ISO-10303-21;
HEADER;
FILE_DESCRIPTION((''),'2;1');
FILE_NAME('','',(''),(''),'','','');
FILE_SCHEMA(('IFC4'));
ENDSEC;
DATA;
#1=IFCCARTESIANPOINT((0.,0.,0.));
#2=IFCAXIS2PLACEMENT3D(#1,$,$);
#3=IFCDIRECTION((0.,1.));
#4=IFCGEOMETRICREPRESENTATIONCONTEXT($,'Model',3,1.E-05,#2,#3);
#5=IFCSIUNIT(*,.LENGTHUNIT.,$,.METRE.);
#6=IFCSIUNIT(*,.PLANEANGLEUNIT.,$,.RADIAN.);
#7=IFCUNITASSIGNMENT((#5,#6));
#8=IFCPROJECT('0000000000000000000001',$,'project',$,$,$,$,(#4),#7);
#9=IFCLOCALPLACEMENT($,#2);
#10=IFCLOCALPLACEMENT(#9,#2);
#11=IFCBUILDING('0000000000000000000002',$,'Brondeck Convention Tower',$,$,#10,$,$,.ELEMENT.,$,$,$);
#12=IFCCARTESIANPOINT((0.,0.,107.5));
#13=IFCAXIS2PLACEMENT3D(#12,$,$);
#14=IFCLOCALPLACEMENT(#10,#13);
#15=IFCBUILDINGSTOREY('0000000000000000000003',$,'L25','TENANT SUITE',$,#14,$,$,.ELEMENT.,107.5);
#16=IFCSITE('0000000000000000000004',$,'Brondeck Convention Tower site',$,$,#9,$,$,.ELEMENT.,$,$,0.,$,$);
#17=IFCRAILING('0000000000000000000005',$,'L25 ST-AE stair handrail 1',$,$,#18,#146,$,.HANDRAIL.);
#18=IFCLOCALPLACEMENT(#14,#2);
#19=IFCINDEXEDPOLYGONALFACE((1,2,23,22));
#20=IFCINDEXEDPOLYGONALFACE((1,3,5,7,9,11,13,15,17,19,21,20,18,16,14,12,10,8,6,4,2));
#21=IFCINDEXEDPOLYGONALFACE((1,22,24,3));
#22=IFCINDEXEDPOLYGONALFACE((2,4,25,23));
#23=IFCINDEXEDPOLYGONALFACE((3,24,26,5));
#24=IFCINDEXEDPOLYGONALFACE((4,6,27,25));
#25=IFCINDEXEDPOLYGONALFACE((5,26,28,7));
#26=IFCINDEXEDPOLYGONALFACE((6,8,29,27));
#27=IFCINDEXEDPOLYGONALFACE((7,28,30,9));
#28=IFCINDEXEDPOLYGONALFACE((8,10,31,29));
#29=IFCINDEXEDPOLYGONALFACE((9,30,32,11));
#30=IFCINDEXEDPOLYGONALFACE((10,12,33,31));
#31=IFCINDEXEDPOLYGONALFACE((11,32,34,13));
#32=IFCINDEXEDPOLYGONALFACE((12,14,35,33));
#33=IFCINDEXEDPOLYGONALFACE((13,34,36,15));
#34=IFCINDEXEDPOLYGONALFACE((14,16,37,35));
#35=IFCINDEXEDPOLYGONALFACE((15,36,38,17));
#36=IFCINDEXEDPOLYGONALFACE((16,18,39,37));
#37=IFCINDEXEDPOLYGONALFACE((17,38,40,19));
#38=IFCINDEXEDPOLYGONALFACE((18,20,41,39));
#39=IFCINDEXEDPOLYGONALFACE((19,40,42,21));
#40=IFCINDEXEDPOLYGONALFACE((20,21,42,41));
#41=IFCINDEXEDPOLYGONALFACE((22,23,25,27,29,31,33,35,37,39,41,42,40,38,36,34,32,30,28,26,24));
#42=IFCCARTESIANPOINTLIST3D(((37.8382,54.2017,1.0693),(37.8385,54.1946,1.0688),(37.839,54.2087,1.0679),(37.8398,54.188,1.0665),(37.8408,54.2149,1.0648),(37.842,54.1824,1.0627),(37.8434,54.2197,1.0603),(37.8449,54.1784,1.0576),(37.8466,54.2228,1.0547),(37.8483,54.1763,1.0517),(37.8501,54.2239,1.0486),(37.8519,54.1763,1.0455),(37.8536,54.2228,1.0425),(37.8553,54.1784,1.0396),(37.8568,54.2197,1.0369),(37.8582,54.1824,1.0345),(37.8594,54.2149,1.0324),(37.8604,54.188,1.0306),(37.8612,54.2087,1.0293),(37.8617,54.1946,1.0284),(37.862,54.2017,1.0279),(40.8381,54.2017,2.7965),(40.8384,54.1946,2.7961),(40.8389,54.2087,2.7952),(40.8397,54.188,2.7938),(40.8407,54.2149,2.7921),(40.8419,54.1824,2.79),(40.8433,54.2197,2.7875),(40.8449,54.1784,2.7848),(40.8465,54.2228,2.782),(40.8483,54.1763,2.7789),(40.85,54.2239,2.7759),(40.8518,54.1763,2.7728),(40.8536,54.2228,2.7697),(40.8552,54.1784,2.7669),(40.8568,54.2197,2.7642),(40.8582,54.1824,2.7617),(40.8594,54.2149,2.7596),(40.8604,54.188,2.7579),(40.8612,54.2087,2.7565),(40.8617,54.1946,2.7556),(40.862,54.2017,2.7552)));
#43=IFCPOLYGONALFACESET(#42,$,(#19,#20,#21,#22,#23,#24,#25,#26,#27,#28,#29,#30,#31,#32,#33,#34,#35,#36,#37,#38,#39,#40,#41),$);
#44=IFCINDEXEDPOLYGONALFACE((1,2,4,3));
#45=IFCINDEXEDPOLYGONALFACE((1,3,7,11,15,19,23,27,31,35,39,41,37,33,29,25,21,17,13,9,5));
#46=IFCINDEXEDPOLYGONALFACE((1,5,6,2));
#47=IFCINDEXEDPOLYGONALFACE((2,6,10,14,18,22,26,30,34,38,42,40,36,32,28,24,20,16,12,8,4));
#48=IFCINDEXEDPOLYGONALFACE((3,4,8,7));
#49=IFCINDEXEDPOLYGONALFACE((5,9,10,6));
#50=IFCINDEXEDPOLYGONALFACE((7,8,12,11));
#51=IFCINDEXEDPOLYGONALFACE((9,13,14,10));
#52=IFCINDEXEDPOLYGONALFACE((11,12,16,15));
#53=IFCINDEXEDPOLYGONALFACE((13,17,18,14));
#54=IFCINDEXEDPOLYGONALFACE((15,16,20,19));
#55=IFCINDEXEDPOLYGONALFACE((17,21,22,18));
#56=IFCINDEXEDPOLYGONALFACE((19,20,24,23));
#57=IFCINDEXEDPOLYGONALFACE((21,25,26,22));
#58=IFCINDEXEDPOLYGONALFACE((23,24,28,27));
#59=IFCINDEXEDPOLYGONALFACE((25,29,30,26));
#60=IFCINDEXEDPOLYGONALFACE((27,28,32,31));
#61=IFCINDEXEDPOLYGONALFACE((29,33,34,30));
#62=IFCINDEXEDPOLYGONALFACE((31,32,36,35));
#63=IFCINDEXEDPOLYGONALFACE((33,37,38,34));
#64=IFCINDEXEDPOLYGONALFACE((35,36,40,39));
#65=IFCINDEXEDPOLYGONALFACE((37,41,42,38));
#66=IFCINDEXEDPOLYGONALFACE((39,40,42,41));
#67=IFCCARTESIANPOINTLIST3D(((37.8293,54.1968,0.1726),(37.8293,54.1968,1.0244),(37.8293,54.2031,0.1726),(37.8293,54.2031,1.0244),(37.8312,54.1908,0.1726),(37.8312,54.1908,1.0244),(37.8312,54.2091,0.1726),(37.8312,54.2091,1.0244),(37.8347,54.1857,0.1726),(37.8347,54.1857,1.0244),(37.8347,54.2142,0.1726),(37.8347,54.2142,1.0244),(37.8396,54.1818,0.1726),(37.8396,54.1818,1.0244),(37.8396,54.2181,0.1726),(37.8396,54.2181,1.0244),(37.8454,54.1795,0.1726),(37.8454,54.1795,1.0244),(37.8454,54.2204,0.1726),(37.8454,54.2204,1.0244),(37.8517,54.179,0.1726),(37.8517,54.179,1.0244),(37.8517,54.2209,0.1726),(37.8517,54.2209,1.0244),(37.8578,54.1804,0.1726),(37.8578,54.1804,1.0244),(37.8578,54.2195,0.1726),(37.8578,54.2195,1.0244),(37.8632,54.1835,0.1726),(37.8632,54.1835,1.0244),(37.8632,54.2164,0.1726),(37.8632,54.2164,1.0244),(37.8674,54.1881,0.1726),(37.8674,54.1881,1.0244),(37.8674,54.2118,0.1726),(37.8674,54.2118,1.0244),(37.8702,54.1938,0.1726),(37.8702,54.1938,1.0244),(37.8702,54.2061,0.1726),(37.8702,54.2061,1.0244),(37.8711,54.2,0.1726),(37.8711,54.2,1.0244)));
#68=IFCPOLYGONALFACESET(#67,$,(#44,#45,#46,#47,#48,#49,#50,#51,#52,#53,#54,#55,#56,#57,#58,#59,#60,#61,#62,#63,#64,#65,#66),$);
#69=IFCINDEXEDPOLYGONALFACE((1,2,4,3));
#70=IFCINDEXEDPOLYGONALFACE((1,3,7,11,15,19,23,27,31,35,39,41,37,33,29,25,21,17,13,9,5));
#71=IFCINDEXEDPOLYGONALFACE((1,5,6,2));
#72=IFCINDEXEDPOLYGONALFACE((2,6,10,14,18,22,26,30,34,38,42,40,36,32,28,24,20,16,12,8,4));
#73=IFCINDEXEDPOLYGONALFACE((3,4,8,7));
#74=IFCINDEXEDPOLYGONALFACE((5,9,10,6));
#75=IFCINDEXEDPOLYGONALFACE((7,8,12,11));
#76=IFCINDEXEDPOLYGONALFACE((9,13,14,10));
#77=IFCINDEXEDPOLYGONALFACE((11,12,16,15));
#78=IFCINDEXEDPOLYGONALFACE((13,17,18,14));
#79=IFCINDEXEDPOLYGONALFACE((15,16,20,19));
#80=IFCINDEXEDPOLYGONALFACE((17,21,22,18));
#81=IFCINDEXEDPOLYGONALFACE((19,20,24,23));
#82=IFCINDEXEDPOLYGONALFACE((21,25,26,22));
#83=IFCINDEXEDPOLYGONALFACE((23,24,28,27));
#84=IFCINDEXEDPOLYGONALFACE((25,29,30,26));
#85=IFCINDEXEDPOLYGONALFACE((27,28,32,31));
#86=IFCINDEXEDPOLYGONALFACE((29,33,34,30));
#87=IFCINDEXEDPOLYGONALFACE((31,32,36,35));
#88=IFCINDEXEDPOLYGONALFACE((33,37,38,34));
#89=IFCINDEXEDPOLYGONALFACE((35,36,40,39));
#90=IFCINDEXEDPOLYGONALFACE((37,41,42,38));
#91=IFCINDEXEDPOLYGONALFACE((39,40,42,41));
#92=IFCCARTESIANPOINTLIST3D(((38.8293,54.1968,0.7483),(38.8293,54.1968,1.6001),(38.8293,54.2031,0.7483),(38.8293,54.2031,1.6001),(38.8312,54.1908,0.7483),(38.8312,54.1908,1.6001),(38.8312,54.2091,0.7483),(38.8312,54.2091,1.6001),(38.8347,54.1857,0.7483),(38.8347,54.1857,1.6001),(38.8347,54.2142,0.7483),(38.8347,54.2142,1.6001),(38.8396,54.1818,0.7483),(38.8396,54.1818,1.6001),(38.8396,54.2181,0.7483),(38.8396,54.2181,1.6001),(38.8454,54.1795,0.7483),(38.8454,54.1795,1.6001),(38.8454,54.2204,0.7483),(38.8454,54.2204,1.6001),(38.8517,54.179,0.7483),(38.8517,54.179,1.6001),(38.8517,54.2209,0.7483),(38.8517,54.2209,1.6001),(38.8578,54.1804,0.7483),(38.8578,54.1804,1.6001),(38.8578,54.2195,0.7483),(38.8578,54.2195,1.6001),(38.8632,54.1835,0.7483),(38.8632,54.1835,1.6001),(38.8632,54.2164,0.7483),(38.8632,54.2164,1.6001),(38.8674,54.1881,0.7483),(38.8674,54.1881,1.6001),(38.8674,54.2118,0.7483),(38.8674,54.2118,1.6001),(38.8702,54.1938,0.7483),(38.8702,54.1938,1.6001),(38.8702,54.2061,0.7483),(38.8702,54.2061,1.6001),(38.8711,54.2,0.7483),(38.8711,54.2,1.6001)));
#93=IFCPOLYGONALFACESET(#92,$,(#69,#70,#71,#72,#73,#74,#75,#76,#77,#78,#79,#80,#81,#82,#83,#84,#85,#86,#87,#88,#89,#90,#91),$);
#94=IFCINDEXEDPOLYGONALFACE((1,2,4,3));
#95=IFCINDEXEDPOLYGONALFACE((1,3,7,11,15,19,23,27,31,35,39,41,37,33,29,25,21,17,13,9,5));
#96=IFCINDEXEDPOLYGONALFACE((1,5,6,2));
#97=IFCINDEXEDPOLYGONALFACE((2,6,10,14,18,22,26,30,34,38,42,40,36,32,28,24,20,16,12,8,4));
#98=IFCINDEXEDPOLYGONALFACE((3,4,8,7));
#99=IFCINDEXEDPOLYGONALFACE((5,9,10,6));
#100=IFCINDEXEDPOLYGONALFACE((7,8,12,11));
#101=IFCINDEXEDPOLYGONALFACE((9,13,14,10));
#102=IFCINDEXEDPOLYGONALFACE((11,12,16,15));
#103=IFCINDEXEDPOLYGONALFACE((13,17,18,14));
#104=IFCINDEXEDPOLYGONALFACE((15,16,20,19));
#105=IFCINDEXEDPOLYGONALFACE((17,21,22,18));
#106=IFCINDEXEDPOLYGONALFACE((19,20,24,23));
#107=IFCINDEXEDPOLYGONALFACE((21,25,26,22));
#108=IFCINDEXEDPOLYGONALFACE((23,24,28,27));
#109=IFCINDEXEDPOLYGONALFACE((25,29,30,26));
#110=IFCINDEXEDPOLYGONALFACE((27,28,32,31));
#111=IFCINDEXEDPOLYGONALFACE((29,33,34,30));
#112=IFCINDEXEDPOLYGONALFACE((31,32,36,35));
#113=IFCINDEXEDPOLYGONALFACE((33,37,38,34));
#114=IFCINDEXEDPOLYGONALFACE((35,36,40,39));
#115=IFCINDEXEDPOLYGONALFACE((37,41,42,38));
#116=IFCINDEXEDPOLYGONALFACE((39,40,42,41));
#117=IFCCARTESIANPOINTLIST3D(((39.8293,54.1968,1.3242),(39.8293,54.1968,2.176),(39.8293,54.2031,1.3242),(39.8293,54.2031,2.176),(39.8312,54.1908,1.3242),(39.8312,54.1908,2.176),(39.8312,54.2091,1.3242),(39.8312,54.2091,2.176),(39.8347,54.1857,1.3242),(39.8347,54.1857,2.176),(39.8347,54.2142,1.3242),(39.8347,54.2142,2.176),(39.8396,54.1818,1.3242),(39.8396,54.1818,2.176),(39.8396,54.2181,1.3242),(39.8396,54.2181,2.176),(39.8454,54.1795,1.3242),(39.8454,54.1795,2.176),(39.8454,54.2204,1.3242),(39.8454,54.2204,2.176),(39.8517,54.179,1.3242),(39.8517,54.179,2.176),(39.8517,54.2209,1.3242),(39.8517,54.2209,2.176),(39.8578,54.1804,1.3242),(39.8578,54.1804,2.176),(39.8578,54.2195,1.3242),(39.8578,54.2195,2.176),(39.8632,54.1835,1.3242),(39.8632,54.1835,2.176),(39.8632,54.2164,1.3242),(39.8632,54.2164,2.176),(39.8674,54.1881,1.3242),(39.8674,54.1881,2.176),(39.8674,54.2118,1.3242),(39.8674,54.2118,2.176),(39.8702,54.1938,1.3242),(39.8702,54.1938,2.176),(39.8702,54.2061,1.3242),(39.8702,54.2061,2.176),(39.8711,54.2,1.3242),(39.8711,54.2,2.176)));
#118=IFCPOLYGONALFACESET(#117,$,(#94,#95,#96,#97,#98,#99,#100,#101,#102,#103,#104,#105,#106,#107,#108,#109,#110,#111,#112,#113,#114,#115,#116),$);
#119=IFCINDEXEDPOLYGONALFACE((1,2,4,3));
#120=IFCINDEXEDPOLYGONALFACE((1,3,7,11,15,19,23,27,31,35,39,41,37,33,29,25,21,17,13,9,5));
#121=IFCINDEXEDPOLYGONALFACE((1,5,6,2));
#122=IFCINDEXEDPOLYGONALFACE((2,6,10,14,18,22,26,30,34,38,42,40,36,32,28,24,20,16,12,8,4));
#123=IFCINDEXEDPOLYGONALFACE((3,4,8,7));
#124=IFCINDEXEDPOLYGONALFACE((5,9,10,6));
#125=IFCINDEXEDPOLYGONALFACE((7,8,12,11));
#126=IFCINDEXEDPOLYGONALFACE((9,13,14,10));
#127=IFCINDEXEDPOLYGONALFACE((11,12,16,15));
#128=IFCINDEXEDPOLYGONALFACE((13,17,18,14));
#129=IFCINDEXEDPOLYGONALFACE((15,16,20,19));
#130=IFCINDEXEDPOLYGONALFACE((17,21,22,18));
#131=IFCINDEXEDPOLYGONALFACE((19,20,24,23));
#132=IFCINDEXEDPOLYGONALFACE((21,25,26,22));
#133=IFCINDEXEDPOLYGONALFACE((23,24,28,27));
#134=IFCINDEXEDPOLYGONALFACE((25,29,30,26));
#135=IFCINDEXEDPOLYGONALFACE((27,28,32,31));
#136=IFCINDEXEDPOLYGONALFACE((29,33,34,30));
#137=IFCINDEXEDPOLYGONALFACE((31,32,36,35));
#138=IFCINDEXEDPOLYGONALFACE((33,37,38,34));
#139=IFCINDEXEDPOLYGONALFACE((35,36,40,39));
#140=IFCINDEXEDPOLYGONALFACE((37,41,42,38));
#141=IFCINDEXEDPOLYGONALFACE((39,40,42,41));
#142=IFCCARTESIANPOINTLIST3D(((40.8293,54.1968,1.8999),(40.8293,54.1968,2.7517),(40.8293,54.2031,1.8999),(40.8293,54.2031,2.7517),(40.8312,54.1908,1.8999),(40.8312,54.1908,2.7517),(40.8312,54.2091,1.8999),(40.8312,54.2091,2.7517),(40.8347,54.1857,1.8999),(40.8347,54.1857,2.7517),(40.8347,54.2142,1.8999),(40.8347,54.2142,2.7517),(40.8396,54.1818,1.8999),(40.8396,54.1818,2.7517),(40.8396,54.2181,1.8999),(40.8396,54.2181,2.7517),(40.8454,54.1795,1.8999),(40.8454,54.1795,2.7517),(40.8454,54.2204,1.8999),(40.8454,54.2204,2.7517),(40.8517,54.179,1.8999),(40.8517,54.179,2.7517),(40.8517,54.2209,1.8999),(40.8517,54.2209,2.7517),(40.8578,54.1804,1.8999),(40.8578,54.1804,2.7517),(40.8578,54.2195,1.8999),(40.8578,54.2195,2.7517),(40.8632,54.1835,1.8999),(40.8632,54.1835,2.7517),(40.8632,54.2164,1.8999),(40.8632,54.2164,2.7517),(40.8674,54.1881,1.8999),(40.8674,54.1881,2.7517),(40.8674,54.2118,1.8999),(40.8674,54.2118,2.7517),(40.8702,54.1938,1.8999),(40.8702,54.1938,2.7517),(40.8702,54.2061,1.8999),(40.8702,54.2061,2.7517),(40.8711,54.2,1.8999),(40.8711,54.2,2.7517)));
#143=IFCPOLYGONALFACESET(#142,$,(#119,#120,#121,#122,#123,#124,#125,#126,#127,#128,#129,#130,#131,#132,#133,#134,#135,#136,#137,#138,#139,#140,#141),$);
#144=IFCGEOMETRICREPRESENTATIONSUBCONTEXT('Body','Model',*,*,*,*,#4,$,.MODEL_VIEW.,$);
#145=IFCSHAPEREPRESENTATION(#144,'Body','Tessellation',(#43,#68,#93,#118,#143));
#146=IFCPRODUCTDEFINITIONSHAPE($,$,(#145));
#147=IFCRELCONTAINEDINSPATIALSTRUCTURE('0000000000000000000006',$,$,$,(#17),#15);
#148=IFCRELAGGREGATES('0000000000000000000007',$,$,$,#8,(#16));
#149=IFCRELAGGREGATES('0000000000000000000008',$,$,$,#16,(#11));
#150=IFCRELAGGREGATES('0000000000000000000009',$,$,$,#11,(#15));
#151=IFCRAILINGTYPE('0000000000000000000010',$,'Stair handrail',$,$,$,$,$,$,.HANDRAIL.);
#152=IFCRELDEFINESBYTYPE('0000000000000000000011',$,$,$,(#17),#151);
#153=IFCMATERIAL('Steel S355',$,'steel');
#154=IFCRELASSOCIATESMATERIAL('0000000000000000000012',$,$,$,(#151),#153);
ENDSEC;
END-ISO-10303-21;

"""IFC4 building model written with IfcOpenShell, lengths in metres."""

from ifc_helpers import new_model, si_unit, direction, frame, origin, origin_2d, place, context, subcontext, project, spatial, circle, extrude, material, type_object, element, save


model = new_model("IFC4")

# Units and contexts
model_context = context("Model", 3, precision=1e-05, world=origin(), true_north=direction((0.0, 1.0)))
body_context = subcontext(model_context, "Body", "Model", "MODEL_VIEW")
ifc_project = project(units=[si_unit("LENGTHUNIT", "METRE"), si_unit("PLANEANGLEUNIT", "RADIAN")], contexts=[model_context])

# Site, building, storey
site_placement = place(None, origin())
site = spatial("IfcSite", under=ifc_project, at=site_placement, Name="Brondeck Convention Tower site", CompositionType="ELEMENT", RefElevation=0.0)
building_placement = place(site_placement, origin())
building = spatial("IfcBuilding", under=site, at=building_placement, Name="Brondeck Convention Tower", CompositionType="ELEMENT")
storey_placement = place(building_placement, frame((0.0, 0.0, 107.5)))
storey = spatial("IfcBuildingStorey", under=building, at=storey_placement, Name="L25", Description="TENANT SUITE", CompositionType="ELEMENT", Elevation=107.5)

# Shared definitions
ifc_material_1 = material(Name="Steel S355", Category="steel")

# Railing
railing_type_1 = type_object("IfcRailingType", Name="Stair handrail", PredefinedType="HANDRAIL", material=ifc_material_1)
railing_1_placement = place(storey_placement, frame((37.8501, 54.2, 0.1726)))
element("IfcRailing", 1, at=railing_1_placement, inside=storey, type_object=railing_type_1, Name="L25 ST-AE stair handrail 1", PredefinedType="HANDRAIL", context=body_context, shape_type="SweptSolid", body=[
    extrude(circle(Radius=0.0239, at=origin_2d()), frame((0.0, 0.0, 0.876), z_axis=(0.86662, 0.0, 0.498969), x_axis=(0.0, 1.0, 0.0)), (0.0, 0.0, 1.0), 3.4617),
    extrude(circle(Radius=0.021, at=origin_2d()), origin(), (0.0, 0.0, 1.0), 0.8518),
    extrude(circle(Radius=0.021, at=origin_2d()), frame((1.0, 0.0, 0.5757)), (0.0, 0.0, 1.0), 0.8518),
    extrude(circle(Radius=0.021, at=origin_2d()), frame((2.0, 0.0, 1.1516)), (0.0, 0.0, 1.0), 0.8518),
    extrude(circle(Radius=0.021, at=origin_2d()), frame((3.0, 0.0, 1.7273)), (0.0, 0.0, 1.0), 0.8518),
])

save(model, "model.ifc")
